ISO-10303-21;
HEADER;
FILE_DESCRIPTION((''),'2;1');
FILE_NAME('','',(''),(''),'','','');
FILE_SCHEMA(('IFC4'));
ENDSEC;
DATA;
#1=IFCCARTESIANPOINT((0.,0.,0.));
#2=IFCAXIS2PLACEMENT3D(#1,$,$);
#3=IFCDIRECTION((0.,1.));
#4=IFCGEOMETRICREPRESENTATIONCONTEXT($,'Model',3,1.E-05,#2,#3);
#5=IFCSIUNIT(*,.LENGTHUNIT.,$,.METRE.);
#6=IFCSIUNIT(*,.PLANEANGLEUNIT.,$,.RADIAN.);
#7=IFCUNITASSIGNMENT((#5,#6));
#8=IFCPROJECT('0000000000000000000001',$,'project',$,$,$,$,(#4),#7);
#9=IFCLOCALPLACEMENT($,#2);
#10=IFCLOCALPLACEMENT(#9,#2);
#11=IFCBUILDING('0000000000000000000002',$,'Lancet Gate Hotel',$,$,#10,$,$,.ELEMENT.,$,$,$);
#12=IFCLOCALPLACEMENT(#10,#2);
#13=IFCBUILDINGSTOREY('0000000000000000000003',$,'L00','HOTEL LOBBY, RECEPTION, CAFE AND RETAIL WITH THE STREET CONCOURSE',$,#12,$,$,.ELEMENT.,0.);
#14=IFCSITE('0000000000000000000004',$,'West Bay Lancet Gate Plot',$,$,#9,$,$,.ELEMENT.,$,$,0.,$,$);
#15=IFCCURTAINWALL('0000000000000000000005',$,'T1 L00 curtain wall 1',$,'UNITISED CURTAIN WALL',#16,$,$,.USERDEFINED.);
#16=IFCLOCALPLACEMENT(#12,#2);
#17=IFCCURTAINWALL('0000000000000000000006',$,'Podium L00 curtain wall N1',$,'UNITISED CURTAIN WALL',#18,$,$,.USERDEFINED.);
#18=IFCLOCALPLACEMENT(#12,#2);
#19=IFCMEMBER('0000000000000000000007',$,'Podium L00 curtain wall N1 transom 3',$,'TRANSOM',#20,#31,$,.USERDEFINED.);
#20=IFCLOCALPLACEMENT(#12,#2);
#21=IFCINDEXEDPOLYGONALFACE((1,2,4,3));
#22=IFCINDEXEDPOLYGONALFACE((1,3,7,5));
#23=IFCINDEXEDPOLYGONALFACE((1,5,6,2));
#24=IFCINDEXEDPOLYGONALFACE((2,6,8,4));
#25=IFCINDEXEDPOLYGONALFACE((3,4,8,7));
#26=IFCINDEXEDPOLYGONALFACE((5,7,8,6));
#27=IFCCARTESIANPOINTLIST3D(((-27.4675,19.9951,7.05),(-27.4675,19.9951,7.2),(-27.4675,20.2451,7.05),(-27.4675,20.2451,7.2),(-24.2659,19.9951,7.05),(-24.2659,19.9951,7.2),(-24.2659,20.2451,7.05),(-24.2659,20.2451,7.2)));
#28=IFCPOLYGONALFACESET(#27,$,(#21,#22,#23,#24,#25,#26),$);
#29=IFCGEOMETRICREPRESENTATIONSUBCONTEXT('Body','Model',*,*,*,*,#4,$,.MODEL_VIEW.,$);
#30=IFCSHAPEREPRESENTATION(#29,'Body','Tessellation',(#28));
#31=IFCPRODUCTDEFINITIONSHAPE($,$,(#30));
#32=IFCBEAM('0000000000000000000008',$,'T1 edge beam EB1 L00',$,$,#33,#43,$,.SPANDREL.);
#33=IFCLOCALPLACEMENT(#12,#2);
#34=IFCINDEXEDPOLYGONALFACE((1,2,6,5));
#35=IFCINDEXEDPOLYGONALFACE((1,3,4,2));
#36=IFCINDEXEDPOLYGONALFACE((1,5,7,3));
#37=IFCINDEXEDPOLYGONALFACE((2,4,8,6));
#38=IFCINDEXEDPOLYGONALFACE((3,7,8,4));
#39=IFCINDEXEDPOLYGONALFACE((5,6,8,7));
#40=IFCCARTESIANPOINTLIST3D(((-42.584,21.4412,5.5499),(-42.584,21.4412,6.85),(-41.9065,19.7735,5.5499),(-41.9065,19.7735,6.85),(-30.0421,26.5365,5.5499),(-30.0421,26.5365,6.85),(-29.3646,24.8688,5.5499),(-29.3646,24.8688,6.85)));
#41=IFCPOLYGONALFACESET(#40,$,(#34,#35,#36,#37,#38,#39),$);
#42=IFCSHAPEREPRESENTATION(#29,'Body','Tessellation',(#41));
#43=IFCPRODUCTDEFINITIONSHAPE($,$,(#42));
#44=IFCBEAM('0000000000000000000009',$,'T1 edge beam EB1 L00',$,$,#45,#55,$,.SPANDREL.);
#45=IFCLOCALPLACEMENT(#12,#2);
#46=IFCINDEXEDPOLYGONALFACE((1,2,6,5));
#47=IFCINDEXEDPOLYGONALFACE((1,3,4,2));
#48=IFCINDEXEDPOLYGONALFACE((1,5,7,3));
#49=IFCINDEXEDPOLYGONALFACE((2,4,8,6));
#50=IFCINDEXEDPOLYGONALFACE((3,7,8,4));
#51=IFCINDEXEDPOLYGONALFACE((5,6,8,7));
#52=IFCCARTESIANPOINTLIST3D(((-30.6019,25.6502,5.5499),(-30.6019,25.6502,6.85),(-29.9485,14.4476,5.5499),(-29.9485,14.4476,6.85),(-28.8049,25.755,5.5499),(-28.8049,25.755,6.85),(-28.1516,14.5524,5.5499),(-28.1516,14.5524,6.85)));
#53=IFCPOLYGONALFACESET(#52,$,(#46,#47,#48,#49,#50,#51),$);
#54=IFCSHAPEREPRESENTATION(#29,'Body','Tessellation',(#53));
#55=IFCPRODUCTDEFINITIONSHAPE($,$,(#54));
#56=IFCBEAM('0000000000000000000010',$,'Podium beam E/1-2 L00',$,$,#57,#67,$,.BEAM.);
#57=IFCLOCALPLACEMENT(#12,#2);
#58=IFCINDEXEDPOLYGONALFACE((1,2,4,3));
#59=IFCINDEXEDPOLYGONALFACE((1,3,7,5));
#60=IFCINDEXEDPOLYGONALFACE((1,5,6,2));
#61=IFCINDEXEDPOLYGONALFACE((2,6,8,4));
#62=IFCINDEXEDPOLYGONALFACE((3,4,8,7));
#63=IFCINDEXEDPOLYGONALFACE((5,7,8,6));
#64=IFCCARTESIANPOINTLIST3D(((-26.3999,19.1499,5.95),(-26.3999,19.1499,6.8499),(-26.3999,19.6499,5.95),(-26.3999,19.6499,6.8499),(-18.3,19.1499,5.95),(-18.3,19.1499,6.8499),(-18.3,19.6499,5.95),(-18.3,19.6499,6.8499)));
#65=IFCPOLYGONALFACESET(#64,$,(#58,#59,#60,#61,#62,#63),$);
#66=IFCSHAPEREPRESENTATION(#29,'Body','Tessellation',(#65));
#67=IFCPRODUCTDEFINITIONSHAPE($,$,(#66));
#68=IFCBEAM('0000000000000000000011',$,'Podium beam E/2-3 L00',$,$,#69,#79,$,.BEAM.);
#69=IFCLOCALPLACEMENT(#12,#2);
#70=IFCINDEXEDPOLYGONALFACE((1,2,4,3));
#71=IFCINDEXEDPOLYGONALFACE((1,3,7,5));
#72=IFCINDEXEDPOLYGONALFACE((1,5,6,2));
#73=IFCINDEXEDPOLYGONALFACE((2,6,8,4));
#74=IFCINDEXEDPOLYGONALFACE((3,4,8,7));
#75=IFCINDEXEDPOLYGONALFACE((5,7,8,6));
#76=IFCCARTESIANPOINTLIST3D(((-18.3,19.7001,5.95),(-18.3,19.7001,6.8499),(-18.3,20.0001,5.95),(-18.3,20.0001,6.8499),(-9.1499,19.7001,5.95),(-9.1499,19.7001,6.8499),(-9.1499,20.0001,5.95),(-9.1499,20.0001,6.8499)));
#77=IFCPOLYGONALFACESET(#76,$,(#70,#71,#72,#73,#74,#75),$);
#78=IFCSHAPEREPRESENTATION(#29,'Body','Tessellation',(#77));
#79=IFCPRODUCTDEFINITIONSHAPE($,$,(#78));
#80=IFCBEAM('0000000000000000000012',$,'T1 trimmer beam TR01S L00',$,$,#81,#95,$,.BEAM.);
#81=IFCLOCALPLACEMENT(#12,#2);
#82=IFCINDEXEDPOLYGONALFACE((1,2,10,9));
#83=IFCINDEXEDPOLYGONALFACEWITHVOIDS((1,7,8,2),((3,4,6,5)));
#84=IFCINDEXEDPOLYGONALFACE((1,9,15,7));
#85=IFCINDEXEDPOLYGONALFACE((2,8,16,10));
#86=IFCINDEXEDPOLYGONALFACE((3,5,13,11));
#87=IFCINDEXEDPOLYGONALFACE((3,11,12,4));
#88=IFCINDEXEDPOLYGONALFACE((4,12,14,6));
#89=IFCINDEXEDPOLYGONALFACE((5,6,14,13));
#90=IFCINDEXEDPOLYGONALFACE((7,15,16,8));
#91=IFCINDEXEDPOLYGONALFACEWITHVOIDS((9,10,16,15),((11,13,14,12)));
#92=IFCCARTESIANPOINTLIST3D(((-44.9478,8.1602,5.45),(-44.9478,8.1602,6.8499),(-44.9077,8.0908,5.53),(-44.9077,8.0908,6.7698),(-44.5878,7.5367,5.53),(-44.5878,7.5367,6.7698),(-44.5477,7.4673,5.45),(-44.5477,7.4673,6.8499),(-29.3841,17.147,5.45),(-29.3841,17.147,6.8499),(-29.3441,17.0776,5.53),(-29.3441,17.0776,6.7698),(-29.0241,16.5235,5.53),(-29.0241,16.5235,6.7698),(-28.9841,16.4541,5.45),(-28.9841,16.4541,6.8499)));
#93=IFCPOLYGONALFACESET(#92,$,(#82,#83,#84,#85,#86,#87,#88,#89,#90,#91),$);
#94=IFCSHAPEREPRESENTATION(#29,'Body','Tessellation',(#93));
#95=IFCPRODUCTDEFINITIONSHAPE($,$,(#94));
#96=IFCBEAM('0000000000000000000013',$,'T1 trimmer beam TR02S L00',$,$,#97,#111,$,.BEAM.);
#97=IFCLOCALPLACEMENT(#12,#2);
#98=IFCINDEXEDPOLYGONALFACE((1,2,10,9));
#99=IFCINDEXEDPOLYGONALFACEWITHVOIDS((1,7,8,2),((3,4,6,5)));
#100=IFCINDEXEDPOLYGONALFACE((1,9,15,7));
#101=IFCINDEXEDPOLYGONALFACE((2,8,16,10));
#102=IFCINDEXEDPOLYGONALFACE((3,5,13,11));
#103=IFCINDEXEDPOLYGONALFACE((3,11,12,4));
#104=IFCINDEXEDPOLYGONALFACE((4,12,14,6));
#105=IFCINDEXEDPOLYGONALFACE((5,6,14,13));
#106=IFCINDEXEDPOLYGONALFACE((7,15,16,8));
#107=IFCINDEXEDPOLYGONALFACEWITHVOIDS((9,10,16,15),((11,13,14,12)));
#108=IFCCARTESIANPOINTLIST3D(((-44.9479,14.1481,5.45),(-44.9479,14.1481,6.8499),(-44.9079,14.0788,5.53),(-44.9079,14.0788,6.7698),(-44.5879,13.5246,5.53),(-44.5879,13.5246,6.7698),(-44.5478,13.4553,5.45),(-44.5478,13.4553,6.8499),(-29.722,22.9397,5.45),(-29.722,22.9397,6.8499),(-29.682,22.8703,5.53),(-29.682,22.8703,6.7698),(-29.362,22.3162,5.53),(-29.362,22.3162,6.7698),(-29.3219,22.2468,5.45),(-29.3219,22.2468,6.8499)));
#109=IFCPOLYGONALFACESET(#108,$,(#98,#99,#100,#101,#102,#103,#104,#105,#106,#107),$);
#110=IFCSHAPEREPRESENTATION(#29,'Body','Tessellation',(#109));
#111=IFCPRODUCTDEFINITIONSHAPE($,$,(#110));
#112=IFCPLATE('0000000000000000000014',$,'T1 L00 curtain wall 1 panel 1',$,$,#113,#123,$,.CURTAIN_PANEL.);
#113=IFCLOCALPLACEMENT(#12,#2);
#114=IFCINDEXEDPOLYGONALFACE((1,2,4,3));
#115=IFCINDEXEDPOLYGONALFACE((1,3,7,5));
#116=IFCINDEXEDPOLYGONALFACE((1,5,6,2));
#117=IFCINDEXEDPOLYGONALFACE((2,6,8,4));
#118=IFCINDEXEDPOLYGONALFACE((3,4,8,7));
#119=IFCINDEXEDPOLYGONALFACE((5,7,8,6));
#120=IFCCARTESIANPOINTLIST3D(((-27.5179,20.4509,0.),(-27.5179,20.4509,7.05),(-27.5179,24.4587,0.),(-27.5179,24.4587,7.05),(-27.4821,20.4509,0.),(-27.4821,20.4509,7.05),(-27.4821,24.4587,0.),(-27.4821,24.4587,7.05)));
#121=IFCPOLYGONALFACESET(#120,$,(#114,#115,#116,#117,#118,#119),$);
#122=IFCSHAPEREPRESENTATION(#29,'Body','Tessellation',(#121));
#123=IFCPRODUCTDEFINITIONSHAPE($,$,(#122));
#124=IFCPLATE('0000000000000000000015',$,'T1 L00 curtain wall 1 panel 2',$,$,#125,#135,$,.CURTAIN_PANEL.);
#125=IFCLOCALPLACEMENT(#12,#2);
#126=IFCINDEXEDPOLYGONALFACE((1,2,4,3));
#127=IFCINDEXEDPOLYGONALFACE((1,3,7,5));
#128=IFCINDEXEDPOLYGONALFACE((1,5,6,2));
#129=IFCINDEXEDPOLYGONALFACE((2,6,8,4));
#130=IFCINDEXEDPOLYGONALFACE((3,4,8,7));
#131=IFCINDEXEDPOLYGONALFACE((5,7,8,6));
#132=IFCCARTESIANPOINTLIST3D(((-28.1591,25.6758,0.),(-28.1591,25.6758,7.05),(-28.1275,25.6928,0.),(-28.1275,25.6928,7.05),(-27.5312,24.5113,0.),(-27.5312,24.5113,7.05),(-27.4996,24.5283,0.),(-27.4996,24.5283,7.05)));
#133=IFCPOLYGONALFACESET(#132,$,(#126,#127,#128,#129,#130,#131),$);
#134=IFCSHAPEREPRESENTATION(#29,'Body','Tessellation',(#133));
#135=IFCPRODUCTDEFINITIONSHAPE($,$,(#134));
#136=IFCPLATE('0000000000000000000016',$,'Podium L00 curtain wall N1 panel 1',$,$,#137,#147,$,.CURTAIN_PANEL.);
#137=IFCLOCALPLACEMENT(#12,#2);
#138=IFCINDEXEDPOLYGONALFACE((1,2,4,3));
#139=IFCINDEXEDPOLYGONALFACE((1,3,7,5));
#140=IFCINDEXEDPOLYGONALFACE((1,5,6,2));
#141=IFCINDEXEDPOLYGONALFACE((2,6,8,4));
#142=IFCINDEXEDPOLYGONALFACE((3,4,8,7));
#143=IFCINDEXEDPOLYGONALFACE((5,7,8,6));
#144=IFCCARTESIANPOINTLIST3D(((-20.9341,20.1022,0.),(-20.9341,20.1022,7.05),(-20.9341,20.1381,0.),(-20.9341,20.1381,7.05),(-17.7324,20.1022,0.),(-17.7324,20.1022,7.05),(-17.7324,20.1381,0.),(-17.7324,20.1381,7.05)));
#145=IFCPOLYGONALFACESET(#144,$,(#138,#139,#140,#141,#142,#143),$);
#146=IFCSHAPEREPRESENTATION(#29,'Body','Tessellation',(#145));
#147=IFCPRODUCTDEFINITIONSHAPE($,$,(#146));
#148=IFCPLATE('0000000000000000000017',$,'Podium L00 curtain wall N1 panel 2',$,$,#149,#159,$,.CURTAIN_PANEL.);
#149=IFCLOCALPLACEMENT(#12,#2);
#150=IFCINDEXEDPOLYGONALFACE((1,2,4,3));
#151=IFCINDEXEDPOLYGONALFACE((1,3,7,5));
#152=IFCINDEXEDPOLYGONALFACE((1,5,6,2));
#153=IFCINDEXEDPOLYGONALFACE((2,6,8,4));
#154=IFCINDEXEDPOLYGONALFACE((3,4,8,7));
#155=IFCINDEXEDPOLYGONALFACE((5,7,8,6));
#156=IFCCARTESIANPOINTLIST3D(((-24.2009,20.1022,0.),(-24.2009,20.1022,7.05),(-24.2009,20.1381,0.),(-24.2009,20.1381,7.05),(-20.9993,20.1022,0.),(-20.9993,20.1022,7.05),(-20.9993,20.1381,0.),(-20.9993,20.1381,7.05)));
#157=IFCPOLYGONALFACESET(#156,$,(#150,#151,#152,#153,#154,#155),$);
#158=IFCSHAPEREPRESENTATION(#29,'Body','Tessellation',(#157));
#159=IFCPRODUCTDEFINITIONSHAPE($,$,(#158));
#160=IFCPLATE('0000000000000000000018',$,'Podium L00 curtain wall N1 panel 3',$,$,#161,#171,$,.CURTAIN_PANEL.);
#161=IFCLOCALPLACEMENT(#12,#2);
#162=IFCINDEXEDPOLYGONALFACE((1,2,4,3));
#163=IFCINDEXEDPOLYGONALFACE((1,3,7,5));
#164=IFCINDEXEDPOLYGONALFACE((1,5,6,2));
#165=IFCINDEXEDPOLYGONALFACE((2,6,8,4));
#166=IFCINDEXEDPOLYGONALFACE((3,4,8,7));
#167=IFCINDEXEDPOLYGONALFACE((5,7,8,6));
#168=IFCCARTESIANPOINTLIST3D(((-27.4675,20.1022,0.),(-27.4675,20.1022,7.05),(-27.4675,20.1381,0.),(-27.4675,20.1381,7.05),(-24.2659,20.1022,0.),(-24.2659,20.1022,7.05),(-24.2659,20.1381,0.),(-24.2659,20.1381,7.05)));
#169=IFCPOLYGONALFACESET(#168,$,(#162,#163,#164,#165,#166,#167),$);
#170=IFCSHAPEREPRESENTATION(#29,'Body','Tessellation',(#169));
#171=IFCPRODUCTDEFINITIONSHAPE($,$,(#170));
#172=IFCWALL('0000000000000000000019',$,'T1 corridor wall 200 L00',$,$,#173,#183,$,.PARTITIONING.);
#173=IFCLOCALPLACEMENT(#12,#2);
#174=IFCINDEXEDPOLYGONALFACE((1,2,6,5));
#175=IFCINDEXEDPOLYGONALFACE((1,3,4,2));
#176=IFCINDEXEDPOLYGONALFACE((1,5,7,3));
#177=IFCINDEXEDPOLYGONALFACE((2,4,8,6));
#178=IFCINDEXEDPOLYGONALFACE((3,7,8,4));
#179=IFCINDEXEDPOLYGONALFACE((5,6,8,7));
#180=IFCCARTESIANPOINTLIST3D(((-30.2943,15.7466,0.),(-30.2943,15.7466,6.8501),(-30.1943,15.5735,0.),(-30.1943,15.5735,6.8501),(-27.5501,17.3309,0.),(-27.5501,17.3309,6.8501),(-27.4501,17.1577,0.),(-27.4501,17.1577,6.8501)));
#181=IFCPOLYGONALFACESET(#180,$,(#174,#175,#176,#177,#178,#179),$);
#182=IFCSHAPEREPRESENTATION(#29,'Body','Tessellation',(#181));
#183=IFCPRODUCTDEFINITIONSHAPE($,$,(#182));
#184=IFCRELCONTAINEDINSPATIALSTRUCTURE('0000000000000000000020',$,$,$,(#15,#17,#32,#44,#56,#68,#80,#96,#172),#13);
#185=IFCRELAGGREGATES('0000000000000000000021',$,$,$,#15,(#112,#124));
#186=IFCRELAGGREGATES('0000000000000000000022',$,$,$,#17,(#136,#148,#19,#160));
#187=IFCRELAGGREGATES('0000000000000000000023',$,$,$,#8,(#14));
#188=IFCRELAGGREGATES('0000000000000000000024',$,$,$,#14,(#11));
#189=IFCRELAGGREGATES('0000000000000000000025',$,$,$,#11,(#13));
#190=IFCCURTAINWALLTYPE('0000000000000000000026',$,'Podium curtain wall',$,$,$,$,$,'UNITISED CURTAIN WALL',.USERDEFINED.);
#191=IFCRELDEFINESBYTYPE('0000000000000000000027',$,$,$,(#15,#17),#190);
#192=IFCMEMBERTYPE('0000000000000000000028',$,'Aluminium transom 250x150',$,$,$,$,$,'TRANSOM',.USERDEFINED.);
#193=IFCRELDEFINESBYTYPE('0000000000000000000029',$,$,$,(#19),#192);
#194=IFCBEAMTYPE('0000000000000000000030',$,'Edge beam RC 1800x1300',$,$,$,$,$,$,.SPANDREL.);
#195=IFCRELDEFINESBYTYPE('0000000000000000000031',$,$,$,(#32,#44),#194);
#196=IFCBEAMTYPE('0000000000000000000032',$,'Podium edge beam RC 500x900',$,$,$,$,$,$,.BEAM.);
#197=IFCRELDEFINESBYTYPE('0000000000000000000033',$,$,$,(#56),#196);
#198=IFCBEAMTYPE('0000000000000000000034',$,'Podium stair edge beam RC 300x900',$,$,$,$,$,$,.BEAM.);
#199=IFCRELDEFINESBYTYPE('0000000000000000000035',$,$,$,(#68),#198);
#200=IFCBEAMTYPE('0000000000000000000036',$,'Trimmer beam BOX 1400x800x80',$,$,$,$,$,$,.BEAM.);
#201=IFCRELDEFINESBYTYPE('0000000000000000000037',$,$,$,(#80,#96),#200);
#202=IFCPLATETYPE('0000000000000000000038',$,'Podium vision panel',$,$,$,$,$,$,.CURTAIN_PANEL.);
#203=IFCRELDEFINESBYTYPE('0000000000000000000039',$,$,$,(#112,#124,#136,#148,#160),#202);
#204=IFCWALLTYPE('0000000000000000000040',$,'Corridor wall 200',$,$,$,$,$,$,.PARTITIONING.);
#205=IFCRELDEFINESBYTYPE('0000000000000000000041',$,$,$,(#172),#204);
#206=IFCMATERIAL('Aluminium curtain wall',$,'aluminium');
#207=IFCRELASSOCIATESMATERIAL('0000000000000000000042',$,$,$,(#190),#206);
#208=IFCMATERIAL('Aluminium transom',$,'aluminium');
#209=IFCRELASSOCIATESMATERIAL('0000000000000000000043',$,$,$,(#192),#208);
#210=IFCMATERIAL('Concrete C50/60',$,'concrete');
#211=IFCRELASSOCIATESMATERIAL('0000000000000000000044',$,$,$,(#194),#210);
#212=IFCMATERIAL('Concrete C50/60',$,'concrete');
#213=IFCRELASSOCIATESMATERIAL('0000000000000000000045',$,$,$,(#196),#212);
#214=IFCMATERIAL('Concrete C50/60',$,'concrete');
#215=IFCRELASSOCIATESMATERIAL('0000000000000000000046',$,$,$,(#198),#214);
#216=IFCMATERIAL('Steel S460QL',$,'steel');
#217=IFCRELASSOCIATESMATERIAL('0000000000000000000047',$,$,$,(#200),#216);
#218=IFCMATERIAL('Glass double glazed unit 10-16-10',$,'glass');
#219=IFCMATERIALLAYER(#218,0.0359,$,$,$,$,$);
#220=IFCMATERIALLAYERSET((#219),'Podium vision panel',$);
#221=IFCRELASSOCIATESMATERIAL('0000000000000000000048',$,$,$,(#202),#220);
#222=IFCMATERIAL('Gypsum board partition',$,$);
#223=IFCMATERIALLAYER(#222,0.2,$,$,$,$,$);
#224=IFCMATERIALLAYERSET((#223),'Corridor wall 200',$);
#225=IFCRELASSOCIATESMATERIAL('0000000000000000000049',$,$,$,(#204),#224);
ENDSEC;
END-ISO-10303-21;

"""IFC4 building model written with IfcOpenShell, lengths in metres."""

from ifc_helpers import new_model, si_unit, direction, frame, frame_2d, origin, origin_2d, place, context, subcontext, project, spatial, rectangle, hollow_rectangle, extrude, material, layer, layer_set, material_profile, profile_set, type_object, element, aggregate, save


model = new_model("IFC4")

# Units and contexts
model_context = context("Model", 3, precision=1e-05, world=origin(), true_north=direction((0.0, 1.0)))
body_context = subcontext(model_context, "Body", "Model", "MODEL_VIEW")
ifc_project = project(units=[si_unit("LENGTHUNIT", "METRE"), si_unit("PLANEANGLEUNIT", "RADIAN")], contexts=[model_context])

# Site, building, storey
site_placement = place(None, origin())
site = spatial("IfcSite", under=ifc_project, at=site_placement, Name="West Bay Lancet Gate Plot", CompositionType="ELEMENT", RefElevation=0.0)
building_placement = place(site_placement, origin())
building = spatial("IfcBuilding", under=site, at=building_placement, Name="Lancet Gate Hotel", CompositionType="ELEMENT")
storey_placement = place(building_placement, origin())
storey = spatial("IfcBuildingStorey", under=building, at=storey_placement, Name="L00", Description="HOTEL LOBBY, RECEPTION, CAFE AND RETAIL WITH THE STREET CONCOURSE", CompositionType="ELEMENT", Elevation=0.0)

# Curtain walls
ifc_material_1 = material(Name="Aluminium curtain wall", Category="aluminium")
curtain_wall_type = type_object("IfcCurtainWallType", Name="Podium curtain wall", ElementType="UNITISED CURTAIN WALL", PredefinedType="USERDEFINED", material=ifc_material_1)
curtain_wall_1_placement = place(storey_placement, origin())
curtain_wall_1 = element("IfcCurtainWall", 1, at=curtain_wall_1_placement, inside=storey, type_object=curtain_wall_type, Name="T1 L00 curtain wall 1", ObjectType="UNITISED CURTAIN WALL", PredefinedType="USERDEFINED")
curtain_wall_2_placement = place(storey_placement, origin())
curtain_wall_2 = element("IfcCurtainWall", 2, at=curtain_wall_2_placement, inside=storey, type_object=curtain_wall_type, Name="Podium L00 curtain wall N1", ObjectType="UNITISED CURTAIN WALL", PredefinedType="USERDEFINED")

# Member
ifc_material_2 = material(Name="Aluminium transom", Category="aluminium")
ifc_material_profile_1 = material_profile(ifc_material_2, rectangle(XDim=0.25, YDim=0.1499, at=origin_2d()), Name="TRANSOM 250x150")
ifc_profile_set_1 = profile_set([ifc_material_profile_1], Name="Aluminium transom")
member_type_1 = type_object("IfcMemberType", Name="Aluminium transom 250x150", ElementType="TRANSOM", PredefinedType="USERDEFINED", material=ifc_profile_set_1)
member_1_placement = place(storey_placement, frame((-24.2659, 20.1201, 7.125), z_axis=(-1.0, 0.0, 0.0), x_axis=(0.0, -1.0, 0.0)))
member_1 = element("IfcMember", 3, at=member_1_placement, type_object=member_type_1, Name="Podium L00 curtain wall N1 transom 3", ObjectType="TRANSOM", PredefinedType="USERDEFINED", context=body_context, shape_type="SweptSolid", body=[
    extrude(rectangle(XDim=0.25, YDim=0.1499, at=origin_2d()), origin(), (0.0, 0.0, 1.0), 3.2017),
])

# Beams
ifc_material_3 = material(Name="Concrete C50/60", Category="concrete")
ifc_material_profile_2 = material_profile(ifc_material_3, rectangle(XDim=1.8, YDim=1.3, at=origin_2d()), Name="RC 1800x1300")
ifc_profile_set_2 = profile_set([ifc_material_profile_2], Name="Concrete C50/60")
beam_type_1 = type_object("IfcBeamType", Name="Edge beam RC 1800x1300", PredefinedType="SPANDREL", material=ifc_profile_set_2)
beam_1_placement = place(storey_placement, frame((-29.7034, 25.7026, 6.2), z_axis=(-0.926463, -0.376385, 0.0), x_axis=(0.376385, -0.926463, 0.0)))
element("IfcBeam", 4, at=beam_1_placement, inside=storey, type_object=beam_type_1, Name="T1 edge beam EB1 L00", PredefinedType="SPANDREL", context=body_context, shape_type="SweptSolid", body=[
    extrude(rectangle(XDim=1.8, YDim=1.3, at=origin_2d()), origin(), (0.0, 0.0, 1.0), 13.5374),
])
beam_2_placement = place(storey_placement, frame((-29.7034, 25.7026, 6.2), z_axis=(0.05822, -0.998304, 0.0), x_axis=(0.998304, 0.05822, 0.0)))
element("IfcBeam", 5, at=beam_2_placement, inside=storey, type_object=beam_type_1, Name="T1 edge beam EB1 L00", PredefinedType="SPANDREL", context=body_context, shape_type="SweptSolid", body=[
    extrude(rectangle(XDim=1.8, YDim=1.3, at=origin_2d()), origin(), (0.0, 0.0, 1.0), 11.2217),
])
ifc_material_4 = material(Name="Concrete C50/60", Category="concrete")
ifc_material_profile_3 = material_profile(ifc_material_4, rectangle(XDim=0.5, YDim=0.8999, at=origin_2d()), Name="RC 500x900")
ifc_profile_set_3 = profile_set([ifc_material_profile_3], Name="Concrete C50/60")
beam_type_2 = type_object("IfcBeamType", Name="Podium edge beam RC 500x900", PredefinedType="BEAM", material=ifc_profile_set_3)
beam_3_placement = place(storey_placement, frame((-26.3999, 19.3999, 6.3999), z_axis=(1.0, 0.0, 0.0), x_axis=(0.0, 1.0, 0.0)))
element("IfcBeam", 6, at=beam_3_placement, inside=storey, type_object=beam_type_2, Name="Podium beam E/1-2 L00", PredefinedType="BEAM", context=body_context, shape_type="SweptSolid", body=[
    extrude(rectangle(XDim=0.5, YDim=0.8999, at=origin_2d()), origin(), (0.0, 0.0, 1.0), 8.0999),
])
ifc_material_5 = material(Name="Concrete C50/60", Category="concrete")
ifc_material_profile_4 = material_profile(ifc_material_5, rectangle(XDim=0.3, YDim=0.8999, at=origin_2d()), Name="RC 300x900")
ifc_profile_set_4 = profile_set([ifc_material_profile_4], Name="Concrete C50/60")
beam_type_3 = type_object("IfcBeamType", Name="Podium stair edge beam RC 300x900", PredefinedType="BEAM", material=ifc_profile_set_4)
beam_4_placement = place(storey_placement, frame((-18.3, 19.8501, 6.3999), z_axis=(1.0, 0.0, 0.0), x_axis=(0.0, 1.0, 0.0)))
element("IfcBeam", 7, at=beam_4_placement, inside=storey, type_object=beam_type_3, Name="Podium beam E/2-3 L00", PredefinedType="BEAM", context=body_context, shape_type="SweptSolid", body=[
    extrude(rectangle(XDim=0.3, YDim=0.8999, at=origin_2d()), origin(), (0.0, 0.0, 1.0), 9.1501),
])
ifc_material_6 = material(Name="Steel S460QL", Category="steel")
ifc_material_profile_5 = material_profile(ifc_material_6, hollow_rectangle(XDim=0.8, YDim=1.3999, WallThickness=0.0801, at=origin_2d()), Name="BOX 1400x800x80")
ifc_profile_set_5 = profile_set([ifc_material_profile_5], Name="Steel S460QL")
beam_type_4 = type_object("IfcBeamType", Name="Trimmer beam BOX 1400x800x80", PredefinedType="BEAM", material=ifc_profile_set_5)
beam_5_placement = place(storey_placement, frame((-29.1841, 16.8005, 6.1499), z_axis=(-0.865999, -0.500046, 0.0), x_axis=(0.500046, -0.865999, 0.0)))
element("IfcBeam", 8, at=beam_5_placement, inside=storey, type_object=beam_type_4, Name="T1 trimmer beam TR01S L00", PredefinedType="BEAM", context=body_context, shape_type="SweptSolid", body=[
    extrude(hollow_rectangle(XDim=0.8, YDim=1.3999, WallThickness=0.0801, at=origin_2d()), origin(), (0.0, 0.0, 1.0), 17.9719),
])
beam_6_placement = place(storey_placement, frame((-29.522, 22.5933, 6.1499), z_axis=(-0.866004, -0.500037, 0.0), x_axis=(0.500037, -0.866004, 0.0)))
element("IfcBeam", 9, at=beam_6_placement, inside=storey, type_object=beam_type_4, Name="T1 trimmer beam TR02S L00", PredefinedType="BEAM", context=body_context, shape_type="SweptSolid", body=[
    extrude(hollow_rectangle(XDim=0.8, YDim=1.3999, WallThickness=0.0801, at=origin_2d()), origin(), (0.0, 0.0, 1.0), 17.5818),
])

# Plates
ifc_material_7 = material(Name="Glass double glazed unit 10-16-10", Category="glass")
ifc_layer_1 = layer(ifc_material_7, 0.0359)
ifc_layer_set_1 = layer_set([ifc_layer_1], Name="Podium vision panel")
plate_type = type_object("IfcPlateType", Name="Podium vision panel", PredefinedType="CURTAIN_PANEL", material=ifc_layer_set_1)
plate_1_placement = place(storey_placement, frame((-27.5, 22.4548, 0.0), z_axis=(0.0, 0.0, 1.0), x_axis=(0.0, 1.0, 0.0)))
plate_1 = element("IfcPlate", 10, at=plate_1_placement, type_object=plate_type, Name="T1 L00 curtain wall 1 panel 1", PredefinedType="CURTAIN_PANEL", context=body_context, shape_type="SweptSolid", body=[
    extrude(rectangle(XDim=4.0078, YDim=0.0359, at=origin_2d()), origin(), (0.0, 0.0, 1.0), 7.05),
])
plate_2_placement = place(storey_placement, frame((-27.8293, 25.1021, 0.0), z_axis=(0.0, 0.0, 1.0), x_axis=(-0.474631, 0.880185, 0.0)))
plate_2 = element("IfcPlate", 11, at=plate_2_placement, type_object=plate_type, Name="T1 L00 curtain wall 1 panel 2", PredefinedType="CURTAIN_PANEL", context=body_context, shape_type="SweptSolid", body=[
    extrude(rectangle(XDim=1.323, YDim=0.0359, at=origin_2d()), origin(), (0.0, 0.0, 1.0), 7.05),
])
aggregate(curtain_wall_1, [plate_1, plate_2])
plate_3_placement = place(storey_placement, frame((-19.3333, 20.1201, 0.0), z_axis=(0.0, 0.0, 1.0), x_axis=(-1.0, 0.0, 0.0)))
plate_3 = element("IfcPlate", 12, at=plate_3_placement, type_object=plate_type, Name="Podium L00 curtain wall N1 panel 1", PredefinedType="CURTAIN_PANEL", context=body_context, shape_type="SweptSolid", body=[
    extrude(rectangle(XDim=3.2017, YDim=0.0359, at=origin_2d()), origin(), (0.0, 0.0, 1.0), 7.05),
])
plate_4_placement = place(storey_placement, frame((-22.6001, 20.1201, 0.0), z_axis=(0.0, 0.0, 1.0), x_axis=(-1.0, 0.0, 0.0)))
plate_4 = element("IfcPlate", 13, at=plate_4_placement, type_object=plate_type, Name="Podium L00 curtain wall N1 panel 2", PredefinedType="CURTAIN_PANEL", context=body_context, shape_type="SweptSolid", body=[
    extrude(rectangle(XDim=3.2017, YDim=0.0359, at=origin_2d()), origin(), (0.0, 0.0, 1.0), 7.05),
])
plate_5_placement = place(storey_placement, frame((-25.8667, 20.1201, 0.0), z_axis=(0.0, 0.0, 1.0), x_axis=(-1.0, 0.0, 0.0)))
plate_5 = element("IfcPlate", 14, at=plate_5_placement, type_object=plate_type, Name="Podium L00 curtain wall N1 panel 3", PredefinedType="CURTAIN_PANEL", context=body_context, shape_type="SweptSolid", body=[
    extrude(rectangle(XDim=3.2017, YDim=0.0359, at=origin_2d()), origin(), (0.0, 0.0, 1.0), 7.05),
])
aggregate(curtain_wall_2, [plate_3, plate_4, member_1, plate_5])

# Wall
ifc_material_8 = material(Name="Gypsum board partition")
ifc_layer_2 = layer(ifc_material_8, 0.2)
ifc_layer_set_2 = layer_set([ifc_layer_2], Name="Corridor wall 200")
wall_type_1 = type_object("IfcWallType", Name="Corridor wall 200", PredefinedType="PARTITIONING", material=ifc_layer_set_2)
wall_1_placement = place(storey_placement, frame((-27.5, 17.2444, 0.0), z_axis=(0.0, 0.0, 1.0), x_axis=(-0.866039, -0.499976, 0.0)))
element("IfcWall", 15, at=wall_1_placement, inside=storey, type_object=wall_type_1, Name="T1 corridor wall 200 L00", PredefinedType="PARTITIONING", context=body_context, shape_type="SweptSolid", body=[
    extrude(rectangle(XDim=3.1687, YDim=0.2, at=frame_2d((1.5845, 0.0))), origin(), (0.0, 0.0, 1.0), 6.8501),
])

save(model, "model.ifc")
